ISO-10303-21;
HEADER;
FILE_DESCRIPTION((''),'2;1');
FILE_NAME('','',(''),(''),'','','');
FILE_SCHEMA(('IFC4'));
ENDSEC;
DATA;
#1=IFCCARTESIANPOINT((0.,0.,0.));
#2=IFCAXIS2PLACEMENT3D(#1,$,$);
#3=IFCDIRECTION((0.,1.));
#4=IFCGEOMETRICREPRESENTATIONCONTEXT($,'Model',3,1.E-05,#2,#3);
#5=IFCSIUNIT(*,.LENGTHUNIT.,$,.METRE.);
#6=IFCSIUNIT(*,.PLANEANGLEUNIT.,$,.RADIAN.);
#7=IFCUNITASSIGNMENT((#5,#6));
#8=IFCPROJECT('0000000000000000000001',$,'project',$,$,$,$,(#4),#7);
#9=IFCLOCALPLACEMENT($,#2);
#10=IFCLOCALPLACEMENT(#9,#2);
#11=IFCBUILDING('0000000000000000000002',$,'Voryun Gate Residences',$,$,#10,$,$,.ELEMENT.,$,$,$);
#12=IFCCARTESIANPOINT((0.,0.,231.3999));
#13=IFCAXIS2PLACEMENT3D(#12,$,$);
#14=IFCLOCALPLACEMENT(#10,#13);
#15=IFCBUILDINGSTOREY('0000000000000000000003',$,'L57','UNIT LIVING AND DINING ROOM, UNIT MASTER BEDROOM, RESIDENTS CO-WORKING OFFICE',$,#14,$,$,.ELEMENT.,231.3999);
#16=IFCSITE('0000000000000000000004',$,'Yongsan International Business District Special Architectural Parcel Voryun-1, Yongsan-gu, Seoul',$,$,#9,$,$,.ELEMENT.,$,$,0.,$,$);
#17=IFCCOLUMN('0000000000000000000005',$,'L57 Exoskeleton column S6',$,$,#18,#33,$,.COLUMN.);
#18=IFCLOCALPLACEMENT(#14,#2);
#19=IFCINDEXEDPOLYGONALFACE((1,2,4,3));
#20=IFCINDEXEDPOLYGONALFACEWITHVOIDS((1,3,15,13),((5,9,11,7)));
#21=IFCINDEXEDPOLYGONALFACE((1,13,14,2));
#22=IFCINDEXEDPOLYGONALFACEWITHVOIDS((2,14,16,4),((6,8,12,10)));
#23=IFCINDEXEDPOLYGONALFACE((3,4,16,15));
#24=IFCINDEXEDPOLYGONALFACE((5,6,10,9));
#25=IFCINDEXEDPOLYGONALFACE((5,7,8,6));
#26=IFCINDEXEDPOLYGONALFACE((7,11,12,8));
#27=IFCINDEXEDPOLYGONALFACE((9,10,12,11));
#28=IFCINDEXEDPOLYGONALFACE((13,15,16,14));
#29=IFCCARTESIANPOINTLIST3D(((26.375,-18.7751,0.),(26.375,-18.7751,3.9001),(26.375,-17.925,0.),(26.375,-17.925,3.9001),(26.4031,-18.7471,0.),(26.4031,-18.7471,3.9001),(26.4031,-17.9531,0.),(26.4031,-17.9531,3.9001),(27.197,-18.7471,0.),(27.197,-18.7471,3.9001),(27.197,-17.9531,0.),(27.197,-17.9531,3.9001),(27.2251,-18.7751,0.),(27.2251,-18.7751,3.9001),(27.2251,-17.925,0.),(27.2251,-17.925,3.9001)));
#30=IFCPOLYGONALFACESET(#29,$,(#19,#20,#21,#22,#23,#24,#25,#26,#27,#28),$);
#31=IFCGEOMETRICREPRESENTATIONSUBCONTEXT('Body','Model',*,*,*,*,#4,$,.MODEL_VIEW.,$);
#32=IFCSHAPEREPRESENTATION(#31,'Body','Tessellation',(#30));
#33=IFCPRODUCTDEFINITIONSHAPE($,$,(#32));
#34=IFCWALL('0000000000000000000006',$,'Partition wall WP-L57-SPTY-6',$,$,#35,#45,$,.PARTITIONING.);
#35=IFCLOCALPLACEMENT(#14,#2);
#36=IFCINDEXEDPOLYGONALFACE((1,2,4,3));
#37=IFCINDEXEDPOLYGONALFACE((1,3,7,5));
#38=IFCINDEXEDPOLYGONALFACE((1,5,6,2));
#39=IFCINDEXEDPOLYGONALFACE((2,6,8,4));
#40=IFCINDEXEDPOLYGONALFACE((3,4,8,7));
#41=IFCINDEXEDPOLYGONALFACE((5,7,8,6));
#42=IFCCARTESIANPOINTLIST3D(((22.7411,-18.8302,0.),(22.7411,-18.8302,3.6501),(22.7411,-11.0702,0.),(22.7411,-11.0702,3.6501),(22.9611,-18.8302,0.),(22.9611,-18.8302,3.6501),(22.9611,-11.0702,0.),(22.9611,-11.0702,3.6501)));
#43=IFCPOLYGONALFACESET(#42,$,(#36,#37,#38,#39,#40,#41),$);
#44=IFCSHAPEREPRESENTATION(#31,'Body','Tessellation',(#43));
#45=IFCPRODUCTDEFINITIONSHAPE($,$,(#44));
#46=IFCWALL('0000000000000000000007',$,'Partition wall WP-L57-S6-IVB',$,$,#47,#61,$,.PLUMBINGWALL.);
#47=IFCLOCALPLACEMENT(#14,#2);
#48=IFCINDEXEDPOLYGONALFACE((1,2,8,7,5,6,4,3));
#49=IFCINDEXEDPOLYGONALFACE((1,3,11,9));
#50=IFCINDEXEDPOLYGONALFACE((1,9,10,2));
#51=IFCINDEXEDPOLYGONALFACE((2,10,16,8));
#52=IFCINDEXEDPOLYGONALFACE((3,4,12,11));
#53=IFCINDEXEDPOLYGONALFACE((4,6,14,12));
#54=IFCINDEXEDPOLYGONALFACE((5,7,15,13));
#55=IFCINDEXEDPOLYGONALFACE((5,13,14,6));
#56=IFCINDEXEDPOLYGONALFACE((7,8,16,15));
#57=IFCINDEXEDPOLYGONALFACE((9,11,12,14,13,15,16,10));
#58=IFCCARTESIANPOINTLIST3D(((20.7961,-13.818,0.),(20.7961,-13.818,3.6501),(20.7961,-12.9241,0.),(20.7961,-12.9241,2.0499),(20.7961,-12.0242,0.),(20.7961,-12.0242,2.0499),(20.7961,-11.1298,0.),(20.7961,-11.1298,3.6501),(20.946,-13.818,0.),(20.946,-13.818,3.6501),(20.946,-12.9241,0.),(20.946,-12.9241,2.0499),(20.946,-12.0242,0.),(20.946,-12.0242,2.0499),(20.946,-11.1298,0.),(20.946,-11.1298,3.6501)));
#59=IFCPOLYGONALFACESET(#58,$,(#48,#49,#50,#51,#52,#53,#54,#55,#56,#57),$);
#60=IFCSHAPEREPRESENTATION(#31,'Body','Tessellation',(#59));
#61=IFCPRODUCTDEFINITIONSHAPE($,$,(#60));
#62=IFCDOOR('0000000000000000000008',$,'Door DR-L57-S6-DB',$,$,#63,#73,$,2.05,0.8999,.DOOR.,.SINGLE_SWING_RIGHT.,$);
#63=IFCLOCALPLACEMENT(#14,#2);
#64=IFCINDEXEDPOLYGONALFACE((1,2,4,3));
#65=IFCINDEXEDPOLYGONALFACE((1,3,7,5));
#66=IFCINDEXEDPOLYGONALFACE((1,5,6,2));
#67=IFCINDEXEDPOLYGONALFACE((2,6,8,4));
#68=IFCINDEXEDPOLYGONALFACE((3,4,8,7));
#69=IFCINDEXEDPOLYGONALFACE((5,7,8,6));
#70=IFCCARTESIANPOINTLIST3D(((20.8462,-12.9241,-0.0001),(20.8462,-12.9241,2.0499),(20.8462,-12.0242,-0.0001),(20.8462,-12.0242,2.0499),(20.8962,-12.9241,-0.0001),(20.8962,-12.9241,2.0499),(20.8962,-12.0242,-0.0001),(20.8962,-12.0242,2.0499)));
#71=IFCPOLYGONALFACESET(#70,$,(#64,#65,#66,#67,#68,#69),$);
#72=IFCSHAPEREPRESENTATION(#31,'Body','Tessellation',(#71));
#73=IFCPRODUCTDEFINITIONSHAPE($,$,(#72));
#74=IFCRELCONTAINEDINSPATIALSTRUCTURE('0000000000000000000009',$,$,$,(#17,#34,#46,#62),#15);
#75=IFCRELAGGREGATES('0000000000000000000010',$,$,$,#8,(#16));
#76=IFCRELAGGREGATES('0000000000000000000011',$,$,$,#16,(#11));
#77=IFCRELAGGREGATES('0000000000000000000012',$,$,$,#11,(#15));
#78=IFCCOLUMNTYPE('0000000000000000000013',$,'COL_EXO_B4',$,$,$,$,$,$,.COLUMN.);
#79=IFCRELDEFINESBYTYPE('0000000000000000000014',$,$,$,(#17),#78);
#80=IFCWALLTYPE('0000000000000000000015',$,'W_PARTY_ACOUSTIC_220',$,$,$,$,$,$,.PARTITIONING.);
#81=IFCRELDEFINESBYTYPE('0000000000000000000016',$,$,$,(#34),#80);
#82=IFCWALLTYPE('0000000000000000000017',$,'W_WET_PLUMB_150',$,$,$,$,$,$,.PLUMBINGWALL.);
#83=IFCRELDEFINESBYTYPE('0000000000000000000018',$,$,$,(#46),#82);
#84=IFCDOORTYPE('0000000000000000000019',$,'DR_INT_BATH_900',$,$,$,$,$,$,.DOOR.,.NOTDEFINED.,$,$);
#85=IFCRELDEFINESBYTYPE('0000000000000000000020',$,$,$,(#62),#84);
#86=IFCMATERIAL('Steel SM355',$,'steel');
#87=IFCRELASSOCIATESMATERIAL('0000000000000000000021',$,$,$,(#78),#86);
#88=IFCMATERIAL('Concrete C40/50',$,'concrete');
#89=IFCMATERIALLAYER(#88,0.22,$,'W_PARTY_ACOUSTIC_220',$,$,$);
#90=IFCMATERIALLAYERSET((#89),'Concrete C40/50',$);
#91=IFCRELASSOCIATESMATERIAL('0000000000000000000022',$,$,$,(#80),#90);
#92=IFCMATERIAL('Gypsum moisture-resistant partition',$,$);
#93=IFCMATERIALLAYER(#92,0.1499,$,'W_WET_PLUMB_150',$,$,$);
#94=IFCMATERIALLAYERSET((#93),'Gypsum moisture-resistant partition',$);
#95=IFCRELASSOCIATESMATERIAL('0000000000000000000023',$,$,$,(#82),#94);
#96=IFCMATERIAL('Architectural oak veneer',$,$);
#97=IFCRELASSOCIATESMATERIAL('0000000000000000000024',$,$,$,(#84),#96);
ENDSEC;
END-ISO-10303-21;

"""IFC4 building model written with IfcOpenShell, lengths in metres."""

from ifc_helpers import new_model, si_unit, direction, frame, frame_2d, origin, origin_2d, place, context, subcontext, project, spatial, rectangle, hollow_rectangle, extrude, material, layer, layer_set, material_profile, profile_set, type_object, element, fill, save


model = new_model("IFC4")

# Units and contexts
model_context = context("Model", 3, precision=1e-05, world=origin(), true_north=direction((0.0, 1.0)))
body_context = subcontext(model_context, "Body", "Model", "MODEL_VIEW")
ifc_project = project(units=[si_unit("LENGTHUNIT", "METRE"), si_unit("PLANEANGLEUNIT", "RADIAN")], contexts=[model_context])

# Site, building, storey
site_placement = place(None, origin())
site = spatial("IfcSite", under=ifc_project, at=site_placement, Name="Yongsan International Business District Special Architectural Parcel Voryun-1, Yongsan-gu, Seoul", CompositionType="ELEMENT", RefElevation=0.0)
building_placement = place(site_placement, origin())
building = spatial("IfcBuilding", under=site, at=building_placement, Name="Voryun Gate Residences", CompositionType="ELEMENT")
storey_placement = place(building_placement, frame((0.0, 0.0, 231.3999)))
storey = spatial("IfcBuildingStorey", under=building, at=storey_placement, Name="L57", Description="UNIT LIVING AND DINING ROOM, UNIT MASTER BEDROOM, RESIDENTS CO-WORKING OFFICE", CompositionType="ELEMENT", Elevation=231.3999)

# Column
ifc_material_1 = material(Name="Steel SM355", Category="steel")
ifc_material_profile = material_profile(ifc_material_1, hollow_rectangle(XDim=0.8501, YDim=0.8501, WallThickness=0.0281, at=origin_2d()), Name="BOX-850x850x28")
ifc_profile_set = profile_set([ifc_material_profile], Name="Steel SM355")
column_type = type_object("IfcColumnType", Name="COL_EXO_B4", PredefinedType="COLUMN", material=ifc_profile_set)
column_placement = place(storey_placement, frame((26.8, -18.3501, 0.0), z_axis=(0.0, 0.0, 1.0), x_axis=(1.0, 0.0, 0.0)))
element("IfcColumn", 1, at=column_placement, inside=storey, type_object=column_type, Name="L57 Exoskeleton column S6", PredefinedType="COLUMN", context=body_context, shape_type="SweptSolid", body=[
    extrude(hollow_rectangle(XDim=0.8501, YDim=0.8501, WallThickness=0.0281, at=origin_2d()), origin(), (0.0, 0.0, 1.0), 3.9001),
])

# Wall
ifc_material_2 = material(Name="Concrete C40/50", Category="concrete")
ifc_layer_1 = layer(ifc_material_2, 0.22, Name="W_PARTY_ACOUSTIC_220")
ifc_layer_set_1 = layer_set([ifc_layer_1], Name="Concrete C40/50")
wall_type_1 = type_object("IfcWallType", Name="W_PARTY_ACOUSTIC_220", PredefinedType="PARTITIONING", material=ifc_layer_set_1)
wall_1_placement = place(storey_placement, frame((22.8511, -18.8301, 0.0), z_axis=(0.0, 0.0, 1.0), x_axis=(0.0, 1.0, 0.0)))
element("IfcWall", 2, at=wall_1_placement, inside=storey, type_object=wall_type_1, Name="Partition wall WP-L57-SPTY-6", PredefinedType="PARTITIONING", context=body_context, shape_type="SweptSolid", body=[
    extrude(rectangle(XDim=7.76, YDim=0.22, at=frame_2d((3.8799, 0.0))), origin(), (0.0, 0.0, 1.0), 3.6501),
])

# Wall, opening, door
ifc_material_3 = material(Name="Gypsum moisture-resistant partition")
ifc_layer_2 = layer(ifc_material_3, 0.1499, Name="W_WET_PLUMB_150")
ifc_layer_set_2 = layer_set([ifc_layer_2], Name="Gypsum moisture-resistant partition")
wall_type_2 = type_object("IfcWallType", Name="W_WET_PLUMB_150", PredefinedType="PLUMBINGWALL", material=ifc_layer_set_2)
wall_2_placement = place(storey_placement, frame((20.8711, -13.8181, 0.0), z_axis=(0.0, 0.0, 1.0), x_axis=(0.0, 1.0, 0.0)))
wall_2 = element("IfcWall", 3, at=wall_2_placement, inside=storey, type_object=wall_type_2, Name="Partition wall WP-L57-S6-IVB", PredefinedType="PLUMBINGWALL", context=body_context, shape_type="SweptSolid", body=[
    extrude(rectangle(XDim=2.6882, YDim=0.1499, at=frame_2d((1.3442, 0.0))), origin(), (0.0, 0.0, 1.0), 3.6501),
])
opening_1_placement = place(wall_2_placement, frame((0.894, 0.0, 0.0)))
opening_1 = element("IfcOpeningElement", 4, at=opening_1_placement, cuts=wall_2, PredefinedType="OPENING", context=body_context, shape_type="SweptSolid", body=[
    extrude(rectangle(XDim=0.8999, YDim=2.05, at=frame_2d((0.45, 1.0249))), frame((0.0, 0.085, 0.0), z_axis=(0.0, -1.0, 0.0), x_axis=(1.0, 0.0, 0.0)), (0.0, 0.0, 1.0), 0.1699),
])
ifc_material_4 = material(Name="Architectural oak veneer")
door_type = type_object("IfcDoorType", Name="DR_INT_BATH_900", OperationType="NOTDEFINED", PredefinedType="DOOR", material=ifc_material_4)
door_placement = place(opening_1_placement, origin())
door = element("IfcDoor", 5, at=door_placement, inside=storey, type_object=door_type, Name="Door DR-L57-S6-DB", OperationType="SINGLE_SWING_RIGHT", OverallHeight=2.05, OverallWidth=0.8999, PredefinedType="DOOR", context=body_context, shape_type="SweptSolid", body=[
    extrude(rectangle(XDim=0.8999, YDim=2.05, at=frame_2d((0.45, 1.0249))), frame((0.0, 0.0249, 0.0), z_axis=(0.0, -1.0, 0.0), x_axis=(1.0, 0.0, 0.0)), (0.0, 0.0, 1.0), 0.05),
])
fill(opening_1, door)

save(model, "model.ifc")
